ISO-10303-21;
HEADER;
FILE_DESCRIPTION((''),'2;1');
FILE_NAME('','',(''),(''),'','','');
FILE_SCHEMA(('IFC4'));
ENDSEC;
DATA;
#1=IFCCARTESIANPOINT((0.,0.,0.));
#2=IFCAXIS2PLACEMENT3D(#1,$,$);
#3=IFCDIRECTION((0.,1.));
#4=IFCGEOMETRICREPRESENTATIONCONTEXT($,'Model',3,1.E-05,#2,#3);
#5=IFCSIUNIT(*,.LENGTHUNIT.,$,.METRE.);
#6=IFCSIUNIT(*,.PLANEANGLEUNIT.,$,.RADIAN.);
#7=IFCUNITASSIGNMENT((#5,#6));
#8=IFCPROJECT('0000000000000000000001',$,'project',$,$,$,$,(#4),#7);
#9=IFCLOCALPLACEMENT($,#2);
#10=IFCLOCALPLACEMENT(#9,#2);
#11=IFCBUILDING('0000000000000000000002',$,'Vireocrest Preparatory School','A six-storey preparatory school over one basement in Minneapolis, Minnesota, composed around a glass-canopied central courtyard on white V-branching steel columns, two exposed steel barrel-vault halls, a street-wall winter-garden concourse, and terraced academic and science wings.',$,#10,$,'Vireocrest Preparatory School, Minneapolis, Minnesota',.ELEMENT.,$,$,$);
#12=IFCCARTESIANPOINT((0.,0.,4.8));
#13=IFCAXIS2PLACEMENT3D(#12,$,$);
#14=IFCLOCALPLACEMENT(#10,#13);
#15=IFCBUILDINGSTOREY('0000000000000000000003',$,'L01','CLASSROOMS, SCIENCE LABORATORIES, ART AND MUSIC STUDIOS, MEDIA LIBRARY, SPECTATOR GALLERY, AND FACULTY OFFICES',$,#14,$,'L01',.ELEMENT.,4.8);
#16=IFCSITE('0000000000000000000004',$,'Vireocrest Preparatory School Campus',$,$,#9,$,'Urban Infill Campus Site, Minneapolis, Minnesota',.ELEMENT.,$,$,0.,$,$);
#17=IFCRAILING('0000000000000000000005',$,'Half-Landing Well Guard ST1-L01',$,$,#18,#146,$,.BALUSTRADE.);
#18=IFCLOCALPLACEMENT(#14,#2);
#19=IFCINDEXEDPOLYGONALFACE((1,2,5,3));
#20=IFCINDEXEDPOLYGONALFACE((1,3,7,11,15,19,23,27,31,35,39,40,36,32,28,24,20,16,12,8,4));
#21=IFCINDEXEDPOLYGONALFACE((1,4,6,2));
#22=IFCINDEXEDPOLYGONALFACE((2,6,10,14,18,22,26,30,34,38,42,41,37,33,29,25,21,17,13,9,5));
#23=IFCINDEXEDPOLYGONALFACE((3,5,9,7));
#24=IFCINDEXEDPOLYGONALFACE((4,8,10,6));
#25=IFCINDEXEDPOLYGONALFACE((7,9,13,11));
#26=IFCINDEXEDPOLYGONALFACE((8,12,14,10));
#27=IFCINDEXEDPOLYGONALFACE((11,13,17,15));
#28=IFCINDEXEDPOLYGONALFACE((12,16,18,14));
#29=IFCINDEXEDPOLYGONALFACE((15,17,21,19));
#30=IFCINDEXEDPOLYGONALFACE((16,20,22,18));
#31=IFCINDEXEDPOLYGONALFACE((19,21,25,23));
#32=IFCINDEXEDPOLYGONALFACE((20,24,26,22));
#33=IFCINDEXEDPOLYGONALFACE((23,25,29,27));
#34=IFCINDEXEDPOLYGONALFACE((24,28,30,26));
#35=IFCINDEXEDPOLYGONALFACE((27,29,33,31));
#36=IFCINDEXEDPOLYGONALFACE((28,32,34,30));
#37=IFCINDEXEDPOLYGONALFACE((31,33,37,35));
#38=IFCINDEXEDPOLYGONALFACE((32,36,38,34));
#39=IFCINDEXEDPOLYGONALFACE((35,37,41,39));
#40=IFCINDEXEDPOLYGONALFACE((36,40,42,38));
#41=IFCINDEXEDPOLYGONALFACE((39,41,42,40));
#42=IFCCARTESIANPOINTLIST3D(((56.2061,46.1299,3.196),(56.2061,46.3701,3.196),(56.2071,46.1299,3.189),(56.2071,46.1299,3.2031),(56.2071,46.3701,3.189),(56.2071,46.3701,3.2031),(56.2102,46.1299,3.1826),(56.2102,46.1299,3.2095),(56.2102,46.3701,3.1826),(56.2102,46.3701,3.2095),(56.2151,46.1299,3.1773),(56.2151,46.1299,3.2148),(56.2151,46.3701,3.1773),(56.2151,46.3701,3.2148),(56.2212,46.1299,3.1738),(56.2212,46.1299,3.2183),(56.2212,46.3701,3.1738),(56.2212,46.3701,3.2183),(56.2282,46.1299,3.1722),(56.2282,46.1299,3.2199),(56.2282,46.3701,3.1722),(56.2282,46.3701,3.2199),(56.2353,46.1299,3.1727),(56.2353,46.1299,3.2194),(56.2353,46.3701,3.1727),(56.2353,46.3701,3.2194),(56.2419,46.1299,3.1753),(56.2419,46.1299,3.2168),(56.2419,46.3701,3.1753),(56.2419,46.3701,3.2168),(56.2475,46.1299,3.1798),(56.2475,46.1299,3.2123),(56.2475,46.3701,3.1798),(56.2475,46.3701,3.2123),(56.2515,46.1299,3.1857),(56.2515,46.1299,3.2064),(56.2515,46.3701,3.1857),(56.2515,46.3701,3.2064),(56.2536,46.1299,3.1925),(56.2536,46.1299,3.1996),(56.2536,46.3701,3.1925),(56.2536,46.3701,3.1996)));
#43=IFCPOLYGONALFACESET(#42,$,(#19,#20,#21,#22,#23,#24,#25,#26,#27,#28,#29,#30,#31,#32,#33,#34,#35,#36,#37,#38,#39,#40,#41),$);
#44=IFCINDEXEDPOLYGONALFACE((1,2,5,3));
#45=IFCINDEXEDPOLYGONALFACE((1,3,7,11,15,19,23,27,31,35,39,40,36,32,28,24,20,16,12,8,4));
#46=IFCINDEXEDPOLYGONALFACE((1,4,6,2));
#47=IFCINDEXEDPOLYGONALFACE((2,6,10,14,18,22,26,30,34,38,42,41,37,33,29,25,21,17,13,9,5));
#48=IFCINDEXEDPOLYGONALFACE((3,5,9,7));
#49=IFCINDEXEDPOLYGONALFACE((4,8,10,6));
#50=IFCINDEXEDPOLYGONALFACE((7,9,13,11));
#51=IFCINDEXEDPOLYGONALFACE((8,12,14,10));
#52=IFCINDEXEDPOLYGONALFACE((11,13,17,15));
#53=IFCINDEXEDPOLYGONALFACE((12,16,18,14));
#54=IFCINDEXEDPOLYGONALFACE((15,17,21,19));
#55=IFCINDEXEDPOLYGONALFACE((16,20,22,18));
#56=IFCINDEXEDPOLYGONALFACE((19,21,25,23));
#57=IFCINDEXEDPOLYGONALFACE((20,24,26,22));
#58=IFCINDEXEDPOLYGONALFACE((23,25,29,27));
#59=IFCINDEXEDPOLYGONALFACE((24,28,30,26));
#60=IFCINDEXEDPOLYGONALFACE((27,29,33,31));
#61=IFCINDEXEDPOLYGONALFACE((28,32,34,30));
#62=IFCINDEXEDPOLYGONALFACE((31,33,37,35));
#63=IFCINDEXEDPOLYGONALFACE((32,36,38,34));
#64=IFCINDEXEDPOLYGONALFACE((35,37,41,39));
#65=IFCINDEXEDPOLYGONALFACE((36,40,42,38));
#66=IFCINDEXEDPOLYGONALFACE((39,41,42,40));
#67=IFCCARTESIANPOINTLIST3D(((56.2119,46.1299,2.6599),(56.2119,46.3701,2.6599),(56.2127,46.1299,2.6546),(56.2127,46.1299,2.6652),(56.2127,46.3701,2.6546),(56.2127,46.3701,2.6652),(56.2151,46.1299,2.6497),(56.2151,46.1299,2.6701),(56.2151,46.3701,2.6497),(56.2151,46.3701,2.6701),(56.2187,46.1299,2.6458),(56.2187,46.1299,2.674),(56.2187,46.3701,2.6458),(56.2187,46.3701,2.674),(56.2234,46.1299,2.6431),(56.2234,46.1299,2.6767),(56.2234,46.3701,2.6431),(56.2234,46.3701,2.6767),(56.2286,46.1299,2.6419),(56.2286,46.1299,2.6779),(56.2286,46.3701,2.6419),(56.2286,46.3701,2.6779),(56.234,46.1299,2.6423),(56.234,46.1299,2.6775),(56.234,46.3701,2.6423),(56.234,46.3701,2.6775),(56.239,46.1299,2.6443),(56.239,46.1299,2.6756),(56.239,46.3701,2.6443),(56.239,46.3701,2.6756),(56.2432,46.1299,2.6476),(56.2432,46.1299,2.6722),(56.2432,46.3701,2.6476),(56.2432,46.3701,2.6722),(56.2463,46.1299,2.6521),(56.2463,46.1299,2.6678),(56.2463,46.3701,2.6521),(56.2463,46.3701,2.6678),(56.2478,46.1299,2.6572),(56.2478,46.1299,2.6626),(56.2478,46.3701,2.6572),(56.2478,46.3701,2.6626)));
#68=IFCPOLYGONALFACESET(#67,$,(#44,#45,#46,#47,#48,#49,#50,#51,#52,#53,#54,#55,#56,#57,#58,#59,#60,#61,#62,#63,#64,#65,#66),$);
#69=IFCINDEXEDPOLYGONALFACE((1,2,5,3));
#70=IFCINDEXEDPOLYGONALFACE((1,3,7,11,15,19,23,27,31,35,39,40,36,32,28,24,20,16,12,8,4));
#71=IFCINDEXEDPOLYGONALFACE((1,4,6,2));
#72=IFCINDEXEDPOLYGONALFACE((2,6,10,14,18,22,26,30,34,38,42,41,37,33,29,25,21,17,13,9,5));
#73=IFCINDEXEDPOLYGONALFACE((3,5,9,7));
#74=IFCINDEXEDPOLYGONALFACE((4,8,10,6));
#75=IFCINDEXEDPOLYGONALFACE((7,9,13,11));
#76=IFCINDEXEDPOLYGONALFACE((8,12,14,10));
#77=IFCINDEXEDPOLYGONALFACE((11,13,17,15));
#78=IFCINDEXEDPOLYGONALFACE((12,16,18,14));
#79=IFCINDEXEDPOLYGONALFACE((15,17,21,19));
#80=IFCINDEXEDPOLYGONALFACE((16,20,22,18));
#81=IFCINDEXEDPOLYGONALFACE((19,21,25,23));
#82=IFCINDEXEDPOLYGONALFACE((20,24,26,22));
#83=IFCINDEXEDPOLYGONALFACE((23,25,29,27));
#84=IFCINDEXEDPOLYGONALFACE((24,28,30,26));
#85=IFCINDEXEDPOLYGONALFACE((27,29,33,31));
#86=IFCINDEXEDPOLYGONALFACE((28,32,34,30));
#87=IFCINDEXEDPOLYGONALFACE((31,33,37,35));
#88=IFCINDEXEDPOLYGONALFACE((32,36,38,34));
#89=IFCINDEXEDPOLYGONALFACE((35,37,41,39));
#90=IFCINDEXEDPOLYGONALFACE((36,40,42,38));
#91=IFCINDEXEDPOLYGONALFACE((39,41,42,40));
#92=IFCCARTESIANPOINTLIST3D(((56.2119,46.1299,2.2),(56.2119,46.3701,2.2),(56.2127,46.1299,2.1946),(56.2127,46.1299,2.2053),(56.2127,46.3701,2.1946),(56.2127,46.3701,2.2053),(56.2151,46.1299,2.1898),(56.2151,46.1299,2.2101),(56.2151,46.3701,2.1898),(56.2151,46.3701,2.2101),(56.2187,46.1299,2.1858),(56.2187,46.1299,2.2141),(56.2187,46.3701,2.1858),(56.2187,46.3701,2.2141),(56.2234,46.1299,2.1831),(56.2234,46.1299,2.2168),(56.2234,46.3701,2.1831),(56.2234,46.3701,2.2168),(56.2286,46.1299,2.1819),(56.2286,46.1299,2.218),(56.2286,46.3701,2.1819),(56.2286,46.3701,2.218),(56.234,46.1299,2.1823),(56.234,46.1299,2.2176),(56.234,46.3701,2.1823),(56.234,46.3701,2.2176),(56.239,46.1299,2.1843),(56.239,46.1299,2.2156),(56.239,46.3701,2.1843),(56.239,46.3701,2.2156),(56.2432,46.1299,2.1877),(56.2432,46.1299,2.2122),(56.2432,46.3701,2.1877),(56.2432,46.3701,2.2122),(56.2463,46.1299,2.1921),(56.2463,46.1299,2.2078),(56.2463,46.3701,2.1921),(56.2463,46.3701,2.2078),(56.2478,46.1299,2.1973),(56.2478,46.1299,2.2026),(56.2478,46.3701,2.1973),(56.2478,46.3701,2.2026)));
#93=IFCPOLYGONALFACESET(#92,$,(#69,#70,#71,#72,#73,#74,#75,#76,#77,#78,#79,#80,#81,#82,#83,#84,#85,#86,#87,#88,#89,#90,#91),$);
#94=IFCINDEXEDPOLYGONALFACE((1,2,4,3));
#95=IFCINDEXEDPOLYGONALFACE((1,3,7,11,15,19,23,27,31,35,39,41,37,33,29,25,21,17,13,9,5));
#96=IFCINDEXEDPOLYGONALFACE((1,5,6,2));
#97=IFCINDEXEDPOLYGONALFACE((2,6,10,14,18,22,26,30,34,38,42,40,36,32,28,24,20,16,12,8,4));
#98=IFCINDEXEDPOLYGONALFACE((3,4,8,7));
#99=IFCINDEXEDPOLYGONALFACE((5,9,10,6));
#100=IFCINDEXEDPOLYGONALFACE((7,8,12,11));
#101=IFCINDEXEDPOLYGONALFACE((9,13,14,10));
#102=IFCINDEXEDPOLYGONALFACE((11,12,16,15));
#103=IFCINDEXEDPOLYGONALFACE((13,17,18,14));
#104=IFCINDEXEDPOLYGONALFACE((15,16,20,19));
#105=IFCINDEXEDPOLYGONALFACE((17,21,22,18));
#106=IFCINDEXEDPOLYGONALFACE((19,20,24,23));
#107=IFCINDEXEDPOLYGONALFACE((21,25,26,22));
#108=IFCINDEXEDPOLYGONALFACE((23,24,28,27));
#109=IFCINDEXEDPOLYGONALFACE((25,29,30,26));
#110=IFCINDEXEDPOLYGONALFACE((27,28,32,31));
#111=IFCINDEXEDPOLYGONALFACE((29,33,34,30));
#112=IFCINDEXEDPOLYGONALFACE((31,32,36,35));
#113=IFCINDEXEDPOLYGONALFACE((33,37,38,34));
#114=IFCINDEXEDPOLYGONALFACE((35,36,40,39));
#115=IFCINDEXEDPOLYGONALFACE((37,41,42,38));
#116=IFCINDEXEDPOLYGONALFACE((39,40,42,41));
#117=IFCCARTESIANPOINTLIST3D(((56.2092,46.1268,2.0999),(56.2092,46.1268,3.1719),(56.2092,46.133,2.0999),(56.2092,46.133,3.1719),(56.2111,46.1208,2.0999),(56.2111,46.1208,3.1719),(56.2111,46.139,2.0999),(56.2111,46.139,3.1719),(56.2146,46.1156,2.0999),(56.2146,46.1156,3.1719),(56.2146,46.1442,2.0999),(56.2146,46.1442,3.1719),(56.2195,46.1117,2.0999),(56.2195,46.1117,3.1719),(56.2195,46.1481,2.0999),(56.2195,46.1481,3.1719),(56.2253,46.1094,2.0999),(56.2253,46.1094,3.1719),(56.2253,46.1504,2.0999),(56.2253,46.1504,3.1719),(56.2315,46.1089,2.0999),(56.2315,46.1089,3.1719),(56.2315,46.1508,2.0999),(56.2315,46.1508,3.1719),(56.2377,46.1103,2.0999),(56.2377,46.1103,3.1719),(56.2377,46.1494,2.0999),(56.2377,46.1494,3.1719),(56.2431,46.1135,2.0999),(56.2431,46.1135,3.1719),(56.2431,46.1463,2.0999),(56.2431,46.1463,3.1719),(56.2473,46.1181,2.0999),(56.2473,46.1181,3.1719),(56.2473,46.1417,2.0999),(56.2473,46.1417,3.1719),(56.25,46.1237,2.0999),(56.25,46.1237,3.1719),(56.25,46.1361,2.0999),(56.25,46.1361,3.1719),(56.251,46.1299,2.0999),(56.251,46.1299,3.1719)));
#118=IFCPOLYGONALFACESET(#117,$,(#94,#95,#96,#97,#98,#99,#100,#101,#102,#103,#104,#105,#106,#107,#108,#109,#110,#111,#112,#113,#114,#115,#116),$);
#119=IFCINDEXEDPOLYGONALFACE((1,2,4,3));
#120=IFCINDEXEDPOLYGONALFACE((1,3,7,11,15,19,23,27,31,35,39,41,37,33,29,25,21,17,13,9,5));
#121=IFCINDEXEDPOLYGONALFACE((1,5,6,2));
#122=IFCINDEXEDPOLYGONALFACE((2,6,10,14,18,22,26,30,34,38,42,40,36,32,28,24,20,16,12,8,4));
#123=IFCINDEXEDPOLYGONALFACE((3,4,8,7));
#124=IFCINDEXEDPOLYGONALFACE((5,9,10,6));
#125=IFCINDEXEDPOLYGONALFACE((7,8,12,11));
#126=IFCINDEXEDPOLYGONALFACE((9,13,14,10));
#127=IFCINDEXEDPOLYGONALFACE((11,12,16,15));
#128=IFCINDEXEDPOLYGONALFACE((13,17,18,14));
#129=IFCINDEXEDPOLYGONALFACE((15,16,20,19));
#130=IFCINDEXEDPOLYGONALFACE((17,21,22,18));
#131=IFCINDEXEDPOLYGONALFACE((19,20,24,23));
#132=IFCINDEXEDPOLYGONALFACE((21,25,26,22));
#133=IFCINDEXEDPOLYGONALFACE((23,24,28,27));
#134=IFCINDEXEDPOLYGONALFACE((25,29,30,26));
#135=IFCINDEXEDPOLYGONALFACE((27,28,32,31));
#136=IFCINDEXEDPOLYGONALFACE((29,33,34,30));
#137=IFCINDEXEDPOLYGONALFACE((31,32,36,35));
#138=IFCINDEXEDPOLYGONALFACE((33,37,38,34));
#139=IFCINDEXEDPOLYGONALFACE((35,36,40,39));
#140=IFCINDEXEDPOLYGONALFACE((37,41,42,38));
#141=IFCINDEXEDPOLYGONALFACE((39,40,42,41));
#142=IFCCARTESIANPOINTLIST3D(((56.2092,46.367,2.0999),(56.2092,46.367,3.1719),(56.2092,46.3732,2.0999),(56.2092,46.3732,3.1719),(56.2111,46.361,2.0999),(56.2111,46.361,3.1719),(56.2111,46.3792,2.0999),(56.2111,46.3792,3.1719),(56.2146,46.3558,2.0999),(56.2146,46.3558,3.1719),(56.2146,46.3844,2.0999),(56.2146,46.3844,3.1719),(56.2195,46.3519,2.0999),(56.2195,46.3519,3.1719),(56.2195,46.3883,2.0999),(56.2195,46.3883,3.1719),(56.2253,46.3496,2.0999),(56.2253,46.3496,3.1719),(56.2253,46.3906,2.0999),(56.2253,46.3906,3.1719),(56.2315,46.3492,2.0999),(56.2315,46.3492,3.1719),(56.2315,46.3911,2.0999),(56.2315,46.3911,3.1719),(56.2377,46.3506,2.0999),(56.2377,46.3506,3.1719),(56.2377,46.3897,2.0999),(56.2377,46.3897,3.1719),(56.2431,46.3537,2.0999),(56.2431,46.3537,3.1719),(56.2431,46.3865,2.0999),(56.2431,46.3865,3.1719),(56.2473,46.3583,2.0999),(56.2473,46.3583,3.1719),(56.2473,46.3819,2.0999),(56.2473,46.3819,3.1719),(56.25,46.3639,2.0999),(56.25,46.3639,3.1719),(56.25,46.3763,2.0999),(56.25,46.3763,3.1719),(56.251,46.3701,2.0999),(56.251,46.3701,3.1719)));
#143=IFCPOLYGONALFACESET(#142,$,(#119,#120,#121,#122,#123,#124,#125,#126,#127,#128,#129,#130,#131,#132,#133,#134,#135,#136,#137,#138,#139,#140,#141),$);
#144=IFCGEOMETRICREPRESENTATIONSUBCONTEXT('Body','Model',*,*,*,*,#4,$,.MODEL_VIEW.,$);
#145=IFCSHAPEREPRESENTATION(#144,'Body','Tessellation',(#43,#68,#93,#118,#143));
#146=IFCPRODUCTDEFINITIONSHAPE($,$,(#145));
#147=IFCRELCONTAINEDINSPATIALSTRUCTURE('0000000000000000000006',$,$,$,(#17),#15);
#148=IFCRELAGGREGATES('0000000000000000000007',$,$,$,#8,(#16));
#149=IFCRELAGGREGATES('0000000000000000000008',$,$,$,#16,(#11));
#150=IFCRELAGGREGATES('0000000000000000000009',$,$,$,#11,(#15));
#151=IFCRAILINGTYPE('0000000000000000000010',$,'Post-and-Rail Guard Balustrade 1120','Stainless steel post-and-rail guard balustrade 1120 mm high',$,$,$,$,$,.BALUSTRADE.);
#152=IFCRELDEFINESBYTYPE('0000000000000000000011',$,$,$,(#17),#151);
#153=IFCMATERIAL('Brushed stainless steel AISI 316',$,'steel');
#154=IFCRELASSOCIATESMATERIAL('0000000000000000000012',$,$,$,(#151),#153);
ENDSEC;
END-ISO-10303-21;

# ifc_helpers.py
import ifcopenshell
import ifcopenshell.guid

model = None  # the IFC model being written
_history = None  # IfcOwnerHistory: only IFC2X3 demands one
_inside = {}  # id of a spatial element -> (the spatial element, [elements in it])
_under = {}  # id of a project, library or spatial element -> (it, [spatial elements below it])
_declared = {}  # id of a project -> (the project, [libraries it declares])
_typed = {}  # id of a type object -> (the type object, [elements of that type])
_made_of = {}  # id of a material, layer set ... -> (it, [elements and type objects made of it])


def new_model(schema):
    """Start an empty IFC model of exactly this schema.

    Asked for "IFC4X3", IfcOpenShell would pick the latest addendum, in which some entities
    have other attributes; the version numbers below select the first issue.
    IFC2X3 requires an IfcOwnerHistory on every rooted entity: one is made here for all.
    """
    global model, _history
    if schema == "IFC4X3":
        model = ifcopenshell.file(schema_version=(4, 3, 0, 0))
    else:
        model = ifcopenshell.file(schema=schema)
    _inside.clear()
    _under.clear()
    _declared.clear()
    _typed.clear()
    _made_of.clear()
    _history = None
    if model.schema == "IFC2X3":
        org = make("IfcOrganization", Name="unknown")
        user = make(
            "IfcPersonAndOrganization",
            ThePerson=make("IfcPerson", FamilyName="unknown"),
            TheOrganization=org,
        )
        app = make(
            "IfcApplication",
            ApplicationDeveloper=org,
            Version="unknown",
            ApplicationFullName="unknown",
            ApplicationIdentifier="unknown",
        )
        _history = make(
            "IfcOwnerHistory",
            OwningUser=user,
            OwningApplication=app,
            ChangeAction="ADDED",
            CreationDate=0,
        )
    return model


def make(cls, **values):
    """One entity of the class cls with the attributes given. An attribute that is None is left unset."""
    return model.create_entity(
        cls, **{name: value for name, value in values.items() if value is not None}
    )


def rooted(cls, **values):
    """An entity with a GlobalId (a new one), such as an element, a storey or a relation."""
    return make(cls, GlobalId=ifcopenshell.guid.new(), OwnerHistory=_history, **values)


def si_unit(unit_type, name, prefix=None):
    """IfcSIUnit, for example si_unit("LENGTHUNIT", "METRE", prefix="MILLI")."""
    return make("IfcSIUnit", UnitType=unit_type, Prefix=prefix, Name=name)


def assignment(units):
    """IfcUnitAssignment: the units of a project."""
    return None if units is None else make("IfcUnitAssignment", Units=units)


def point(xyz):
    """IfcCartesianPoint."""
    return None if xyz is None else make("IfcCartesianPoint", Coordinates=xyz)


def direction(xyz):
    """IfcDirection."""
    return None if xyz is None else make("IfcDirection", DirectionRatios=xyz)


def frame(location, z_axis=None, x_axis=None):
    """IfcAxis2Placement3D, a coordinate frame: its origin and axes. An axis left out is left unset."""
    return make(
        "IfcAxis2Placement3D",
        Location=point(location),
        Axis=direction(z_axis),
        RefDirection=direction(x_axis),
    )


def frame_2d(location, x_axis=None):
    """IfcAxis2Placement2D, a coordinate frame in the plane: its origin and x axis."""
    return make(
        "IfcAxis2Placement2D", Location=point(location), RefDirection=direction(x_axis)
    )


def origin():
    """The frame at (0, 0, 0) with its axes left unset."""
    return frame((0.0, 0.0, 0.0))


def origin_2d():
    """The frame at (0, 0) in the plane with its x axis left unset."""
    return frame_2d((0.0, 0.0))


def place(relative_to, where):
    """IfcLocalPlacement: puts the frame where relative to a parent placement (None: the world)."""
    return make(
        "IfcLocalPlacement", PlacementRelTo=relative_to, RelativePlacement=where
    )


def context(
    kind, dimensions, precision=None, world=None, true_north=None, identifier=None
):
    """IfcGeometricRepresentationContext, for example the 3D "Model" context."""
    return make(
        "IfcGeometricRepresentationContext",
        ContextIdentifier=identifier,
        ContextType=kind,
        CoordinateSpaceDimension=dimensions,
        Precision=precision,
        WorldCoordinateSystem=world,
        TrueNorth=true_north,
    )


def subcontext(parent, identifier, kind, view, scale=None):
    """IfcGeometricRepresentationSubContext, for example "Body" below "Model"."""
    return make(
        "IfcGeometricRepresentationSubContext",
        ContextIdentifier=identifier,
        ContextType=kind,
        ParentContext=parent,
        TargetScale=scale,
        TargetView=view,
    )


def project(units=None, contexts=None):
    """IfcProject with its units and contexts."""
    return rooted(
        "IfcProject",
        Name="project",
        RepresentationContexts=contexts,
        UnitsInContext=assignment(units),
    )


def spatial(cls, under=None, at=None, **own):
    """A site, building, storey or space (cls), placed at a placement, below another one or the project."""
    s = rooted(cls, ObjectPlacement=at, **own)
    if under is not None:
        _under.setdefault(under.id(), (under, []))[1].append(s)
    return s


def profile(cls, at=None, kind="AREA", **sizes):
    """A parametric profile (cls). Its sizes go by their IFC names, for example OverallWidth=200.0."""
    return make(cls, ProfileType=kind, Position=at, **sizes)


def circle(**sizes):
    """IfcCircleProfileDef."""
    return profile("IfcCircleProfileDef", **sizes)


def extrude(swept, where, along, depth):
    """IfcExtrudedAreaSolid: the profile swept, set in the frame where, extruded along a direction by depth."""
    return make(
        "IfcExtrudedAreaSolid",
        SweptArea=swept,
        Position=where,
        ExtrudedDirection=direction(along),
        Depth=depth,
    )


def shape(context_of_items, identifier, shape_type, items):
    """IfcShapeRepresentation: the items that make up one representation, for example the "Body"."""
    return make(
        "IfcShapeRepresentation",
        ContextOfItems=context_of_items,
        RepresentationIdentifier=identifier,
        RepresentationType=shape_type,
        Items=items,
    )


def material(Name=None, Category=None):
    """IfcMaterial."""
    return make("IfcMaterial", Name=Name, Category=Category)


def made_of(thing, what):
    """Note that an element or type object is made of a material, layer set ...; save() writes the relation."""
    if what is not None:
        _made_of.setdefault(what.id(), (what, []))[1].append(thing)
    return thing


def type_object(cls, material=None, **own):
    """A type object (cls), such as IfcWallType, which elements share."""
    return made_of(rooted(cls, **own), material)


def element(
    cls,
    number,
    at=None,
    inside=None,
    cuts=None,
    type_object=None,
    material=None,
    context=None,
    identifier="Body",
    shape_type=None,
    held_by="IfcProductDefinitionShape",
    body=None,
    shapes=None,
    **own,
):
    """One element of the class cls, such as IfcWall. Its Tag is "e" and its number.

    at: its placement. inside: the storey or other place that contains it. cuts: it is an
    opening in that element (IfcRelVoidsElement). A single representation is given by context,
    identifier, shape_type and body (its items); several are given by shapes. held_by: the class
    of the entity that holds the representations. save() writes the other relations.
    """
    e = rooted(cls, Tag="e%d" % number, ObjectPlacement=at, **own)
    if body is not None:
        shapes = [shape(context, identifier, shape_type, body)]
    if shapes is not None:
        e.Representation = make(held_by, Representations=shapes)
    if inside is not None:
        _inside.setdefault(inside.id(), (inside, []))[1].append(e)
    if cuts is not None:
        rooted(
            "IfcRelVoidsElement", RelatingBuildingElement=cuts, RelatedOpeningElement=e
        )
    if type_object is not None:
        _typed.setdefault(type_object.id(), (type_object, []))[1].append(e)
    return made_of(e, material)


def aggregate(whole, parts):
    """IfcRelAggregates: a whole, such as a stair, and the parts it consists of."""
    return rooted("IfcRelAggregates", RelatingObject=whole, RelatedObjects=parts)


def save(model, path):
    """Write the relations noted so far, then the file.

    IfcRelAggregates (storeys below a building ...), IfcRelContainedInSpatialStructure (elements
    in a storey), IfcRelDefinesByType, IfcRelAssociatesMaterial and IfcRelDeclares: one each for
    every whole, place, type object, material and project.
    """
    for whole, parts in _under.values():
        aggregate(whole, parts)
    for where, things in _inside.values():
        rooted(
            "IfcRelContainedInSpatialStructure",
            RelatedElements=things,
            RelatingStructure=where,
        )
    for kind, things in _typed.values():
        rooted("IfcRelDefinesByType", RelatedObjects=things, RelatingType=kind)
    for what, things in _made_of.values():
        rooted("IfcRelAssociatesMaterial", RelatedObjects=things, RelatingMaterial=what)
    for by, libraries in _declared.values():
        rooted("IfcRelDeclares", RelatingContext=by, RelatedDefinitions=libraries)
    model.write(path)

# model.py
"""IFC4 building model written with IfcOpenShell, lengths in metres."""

from ifc_helpers import new_model, si_unit, direction, frame, origin, origin_2d, place, context, subcontext, project, spatial, circle, extrude, material, type_object, element, save


model = new_model("IFC4")

# Units and contexts
model_context = context("Model", 3, precision=1e-05, world=origin(), true_north=direction((0.0, 1.0)))
body_context = subcontext(model_context, "Body", "Model", "MODEL_VIEW")
ifc_project = project(units=[si_unit("LENGTHUNIT", "METRE"), si_unit("PLANEANGLEUNIT", "RADIAN")], contexts=[model_context])

# Site, building, storey
site_placement = place(None, origin())
site = spatial("IfcSite", under=ifc_project, at=site_placement, Name="Vireocrest Preparatory School Campus", LongName="Urban Infill Campus Site, Minneapolis, Minnesota", CompositionType="ELEMENT", RefElevation=0.0)
building_placement = place(site_placement, origin())
building = spatial("IfcBuilding", under=site, at=building_placement, Name="Vireocrest Preparatory School", Description="A six-storey preparatory school over one basement in Minneapolis, Minnesota, composed around a glass-canopied central courtyard on white V-branching steel columns, two exposed steel barrel-vault halls, a street-wall winter-garden concourse, and terraced academic and science wings.", LongName="Vireocrest Preparatory School, Minneapolis, Minnesota", CompositionType="ELEMENT")
storey_placement = place(building_placement, frame((0.0, 0.0, 4.8)))
storey = spatial("IfcBuildingStorey", under=building, at=storey_placement, Name="L01", Description="CLASSROOMS, SCIENCE LABORATORIES, ART AND MUSIC STUDIOS, MEDIA LIBRARY, SPECTATOR GALLERY, AND FACULTY OFFICES", LongName="L01", CompositionType="ELEMENT", Elevation=4.8)

# Railing
ifc_material_1 = material(Name="Brushed stainless steel AISI 316", Category="steel")
railing_type_1 = type_object("IfcRailingType", Name="Post-and-Rail Guard Balustrade 1120", Description="Stainless steel post-and-rail guard balustrade 1120 mm high", PredefinedType="BALUSTRADE", material=ifc_material_1)
railing_1_placement = place(storey_placement, frame((56.23, 46.1299, 2.0999)))
element("IfcRailing", 1, at=railing_1_placement, inside=storey, type_object=railing_type_1, Name="Half-Landing Well Guard ST1-L01", PredefinedType="BALUSTRADE", context=body_context, shape_type="SweptSolid", body=[
    extrude(circle(Radius=0.0239, at=origin_2d()), frame((0.0, 0.0, 1.0962), z_axis=(0.0, 1.0, 0.0), x_axis=(-1.0, 0.0, 0.0)), (0.0, 0.0, 1.0), 0.2402),
    extrude(circle(Radius=0.0181, at=origin_2d()), frame((0.0, 0.0, 0.5601), z_axis=(0.0, 1.0, 0.0), x_axis=(-1.0, 0.0, 0.0)), (0.0, 0.0, 1.0), 0.2402),
    extrude(circle(Radius=0.0181, at=origin_2d()), frame((0.0, 0.0, 0.1001), z_axis=(0.0, 1.0, 0.0), x_axis=(-1.0, 0.0, 0.0)), (0.0, 0.0, 1.0), 0.2402),
    extrude(circle(Radius=0.021, at=origin_2d()), origin(), (0.0, 0.0, 1.0), 1.072),
    extrude(circle(Radius=0.021, at=origin_2d()), frame((0.0, 0.2402, 0.0)), (0.0, 0.0, 1.0), 1.072),
])

save(model, "model.ifc")
